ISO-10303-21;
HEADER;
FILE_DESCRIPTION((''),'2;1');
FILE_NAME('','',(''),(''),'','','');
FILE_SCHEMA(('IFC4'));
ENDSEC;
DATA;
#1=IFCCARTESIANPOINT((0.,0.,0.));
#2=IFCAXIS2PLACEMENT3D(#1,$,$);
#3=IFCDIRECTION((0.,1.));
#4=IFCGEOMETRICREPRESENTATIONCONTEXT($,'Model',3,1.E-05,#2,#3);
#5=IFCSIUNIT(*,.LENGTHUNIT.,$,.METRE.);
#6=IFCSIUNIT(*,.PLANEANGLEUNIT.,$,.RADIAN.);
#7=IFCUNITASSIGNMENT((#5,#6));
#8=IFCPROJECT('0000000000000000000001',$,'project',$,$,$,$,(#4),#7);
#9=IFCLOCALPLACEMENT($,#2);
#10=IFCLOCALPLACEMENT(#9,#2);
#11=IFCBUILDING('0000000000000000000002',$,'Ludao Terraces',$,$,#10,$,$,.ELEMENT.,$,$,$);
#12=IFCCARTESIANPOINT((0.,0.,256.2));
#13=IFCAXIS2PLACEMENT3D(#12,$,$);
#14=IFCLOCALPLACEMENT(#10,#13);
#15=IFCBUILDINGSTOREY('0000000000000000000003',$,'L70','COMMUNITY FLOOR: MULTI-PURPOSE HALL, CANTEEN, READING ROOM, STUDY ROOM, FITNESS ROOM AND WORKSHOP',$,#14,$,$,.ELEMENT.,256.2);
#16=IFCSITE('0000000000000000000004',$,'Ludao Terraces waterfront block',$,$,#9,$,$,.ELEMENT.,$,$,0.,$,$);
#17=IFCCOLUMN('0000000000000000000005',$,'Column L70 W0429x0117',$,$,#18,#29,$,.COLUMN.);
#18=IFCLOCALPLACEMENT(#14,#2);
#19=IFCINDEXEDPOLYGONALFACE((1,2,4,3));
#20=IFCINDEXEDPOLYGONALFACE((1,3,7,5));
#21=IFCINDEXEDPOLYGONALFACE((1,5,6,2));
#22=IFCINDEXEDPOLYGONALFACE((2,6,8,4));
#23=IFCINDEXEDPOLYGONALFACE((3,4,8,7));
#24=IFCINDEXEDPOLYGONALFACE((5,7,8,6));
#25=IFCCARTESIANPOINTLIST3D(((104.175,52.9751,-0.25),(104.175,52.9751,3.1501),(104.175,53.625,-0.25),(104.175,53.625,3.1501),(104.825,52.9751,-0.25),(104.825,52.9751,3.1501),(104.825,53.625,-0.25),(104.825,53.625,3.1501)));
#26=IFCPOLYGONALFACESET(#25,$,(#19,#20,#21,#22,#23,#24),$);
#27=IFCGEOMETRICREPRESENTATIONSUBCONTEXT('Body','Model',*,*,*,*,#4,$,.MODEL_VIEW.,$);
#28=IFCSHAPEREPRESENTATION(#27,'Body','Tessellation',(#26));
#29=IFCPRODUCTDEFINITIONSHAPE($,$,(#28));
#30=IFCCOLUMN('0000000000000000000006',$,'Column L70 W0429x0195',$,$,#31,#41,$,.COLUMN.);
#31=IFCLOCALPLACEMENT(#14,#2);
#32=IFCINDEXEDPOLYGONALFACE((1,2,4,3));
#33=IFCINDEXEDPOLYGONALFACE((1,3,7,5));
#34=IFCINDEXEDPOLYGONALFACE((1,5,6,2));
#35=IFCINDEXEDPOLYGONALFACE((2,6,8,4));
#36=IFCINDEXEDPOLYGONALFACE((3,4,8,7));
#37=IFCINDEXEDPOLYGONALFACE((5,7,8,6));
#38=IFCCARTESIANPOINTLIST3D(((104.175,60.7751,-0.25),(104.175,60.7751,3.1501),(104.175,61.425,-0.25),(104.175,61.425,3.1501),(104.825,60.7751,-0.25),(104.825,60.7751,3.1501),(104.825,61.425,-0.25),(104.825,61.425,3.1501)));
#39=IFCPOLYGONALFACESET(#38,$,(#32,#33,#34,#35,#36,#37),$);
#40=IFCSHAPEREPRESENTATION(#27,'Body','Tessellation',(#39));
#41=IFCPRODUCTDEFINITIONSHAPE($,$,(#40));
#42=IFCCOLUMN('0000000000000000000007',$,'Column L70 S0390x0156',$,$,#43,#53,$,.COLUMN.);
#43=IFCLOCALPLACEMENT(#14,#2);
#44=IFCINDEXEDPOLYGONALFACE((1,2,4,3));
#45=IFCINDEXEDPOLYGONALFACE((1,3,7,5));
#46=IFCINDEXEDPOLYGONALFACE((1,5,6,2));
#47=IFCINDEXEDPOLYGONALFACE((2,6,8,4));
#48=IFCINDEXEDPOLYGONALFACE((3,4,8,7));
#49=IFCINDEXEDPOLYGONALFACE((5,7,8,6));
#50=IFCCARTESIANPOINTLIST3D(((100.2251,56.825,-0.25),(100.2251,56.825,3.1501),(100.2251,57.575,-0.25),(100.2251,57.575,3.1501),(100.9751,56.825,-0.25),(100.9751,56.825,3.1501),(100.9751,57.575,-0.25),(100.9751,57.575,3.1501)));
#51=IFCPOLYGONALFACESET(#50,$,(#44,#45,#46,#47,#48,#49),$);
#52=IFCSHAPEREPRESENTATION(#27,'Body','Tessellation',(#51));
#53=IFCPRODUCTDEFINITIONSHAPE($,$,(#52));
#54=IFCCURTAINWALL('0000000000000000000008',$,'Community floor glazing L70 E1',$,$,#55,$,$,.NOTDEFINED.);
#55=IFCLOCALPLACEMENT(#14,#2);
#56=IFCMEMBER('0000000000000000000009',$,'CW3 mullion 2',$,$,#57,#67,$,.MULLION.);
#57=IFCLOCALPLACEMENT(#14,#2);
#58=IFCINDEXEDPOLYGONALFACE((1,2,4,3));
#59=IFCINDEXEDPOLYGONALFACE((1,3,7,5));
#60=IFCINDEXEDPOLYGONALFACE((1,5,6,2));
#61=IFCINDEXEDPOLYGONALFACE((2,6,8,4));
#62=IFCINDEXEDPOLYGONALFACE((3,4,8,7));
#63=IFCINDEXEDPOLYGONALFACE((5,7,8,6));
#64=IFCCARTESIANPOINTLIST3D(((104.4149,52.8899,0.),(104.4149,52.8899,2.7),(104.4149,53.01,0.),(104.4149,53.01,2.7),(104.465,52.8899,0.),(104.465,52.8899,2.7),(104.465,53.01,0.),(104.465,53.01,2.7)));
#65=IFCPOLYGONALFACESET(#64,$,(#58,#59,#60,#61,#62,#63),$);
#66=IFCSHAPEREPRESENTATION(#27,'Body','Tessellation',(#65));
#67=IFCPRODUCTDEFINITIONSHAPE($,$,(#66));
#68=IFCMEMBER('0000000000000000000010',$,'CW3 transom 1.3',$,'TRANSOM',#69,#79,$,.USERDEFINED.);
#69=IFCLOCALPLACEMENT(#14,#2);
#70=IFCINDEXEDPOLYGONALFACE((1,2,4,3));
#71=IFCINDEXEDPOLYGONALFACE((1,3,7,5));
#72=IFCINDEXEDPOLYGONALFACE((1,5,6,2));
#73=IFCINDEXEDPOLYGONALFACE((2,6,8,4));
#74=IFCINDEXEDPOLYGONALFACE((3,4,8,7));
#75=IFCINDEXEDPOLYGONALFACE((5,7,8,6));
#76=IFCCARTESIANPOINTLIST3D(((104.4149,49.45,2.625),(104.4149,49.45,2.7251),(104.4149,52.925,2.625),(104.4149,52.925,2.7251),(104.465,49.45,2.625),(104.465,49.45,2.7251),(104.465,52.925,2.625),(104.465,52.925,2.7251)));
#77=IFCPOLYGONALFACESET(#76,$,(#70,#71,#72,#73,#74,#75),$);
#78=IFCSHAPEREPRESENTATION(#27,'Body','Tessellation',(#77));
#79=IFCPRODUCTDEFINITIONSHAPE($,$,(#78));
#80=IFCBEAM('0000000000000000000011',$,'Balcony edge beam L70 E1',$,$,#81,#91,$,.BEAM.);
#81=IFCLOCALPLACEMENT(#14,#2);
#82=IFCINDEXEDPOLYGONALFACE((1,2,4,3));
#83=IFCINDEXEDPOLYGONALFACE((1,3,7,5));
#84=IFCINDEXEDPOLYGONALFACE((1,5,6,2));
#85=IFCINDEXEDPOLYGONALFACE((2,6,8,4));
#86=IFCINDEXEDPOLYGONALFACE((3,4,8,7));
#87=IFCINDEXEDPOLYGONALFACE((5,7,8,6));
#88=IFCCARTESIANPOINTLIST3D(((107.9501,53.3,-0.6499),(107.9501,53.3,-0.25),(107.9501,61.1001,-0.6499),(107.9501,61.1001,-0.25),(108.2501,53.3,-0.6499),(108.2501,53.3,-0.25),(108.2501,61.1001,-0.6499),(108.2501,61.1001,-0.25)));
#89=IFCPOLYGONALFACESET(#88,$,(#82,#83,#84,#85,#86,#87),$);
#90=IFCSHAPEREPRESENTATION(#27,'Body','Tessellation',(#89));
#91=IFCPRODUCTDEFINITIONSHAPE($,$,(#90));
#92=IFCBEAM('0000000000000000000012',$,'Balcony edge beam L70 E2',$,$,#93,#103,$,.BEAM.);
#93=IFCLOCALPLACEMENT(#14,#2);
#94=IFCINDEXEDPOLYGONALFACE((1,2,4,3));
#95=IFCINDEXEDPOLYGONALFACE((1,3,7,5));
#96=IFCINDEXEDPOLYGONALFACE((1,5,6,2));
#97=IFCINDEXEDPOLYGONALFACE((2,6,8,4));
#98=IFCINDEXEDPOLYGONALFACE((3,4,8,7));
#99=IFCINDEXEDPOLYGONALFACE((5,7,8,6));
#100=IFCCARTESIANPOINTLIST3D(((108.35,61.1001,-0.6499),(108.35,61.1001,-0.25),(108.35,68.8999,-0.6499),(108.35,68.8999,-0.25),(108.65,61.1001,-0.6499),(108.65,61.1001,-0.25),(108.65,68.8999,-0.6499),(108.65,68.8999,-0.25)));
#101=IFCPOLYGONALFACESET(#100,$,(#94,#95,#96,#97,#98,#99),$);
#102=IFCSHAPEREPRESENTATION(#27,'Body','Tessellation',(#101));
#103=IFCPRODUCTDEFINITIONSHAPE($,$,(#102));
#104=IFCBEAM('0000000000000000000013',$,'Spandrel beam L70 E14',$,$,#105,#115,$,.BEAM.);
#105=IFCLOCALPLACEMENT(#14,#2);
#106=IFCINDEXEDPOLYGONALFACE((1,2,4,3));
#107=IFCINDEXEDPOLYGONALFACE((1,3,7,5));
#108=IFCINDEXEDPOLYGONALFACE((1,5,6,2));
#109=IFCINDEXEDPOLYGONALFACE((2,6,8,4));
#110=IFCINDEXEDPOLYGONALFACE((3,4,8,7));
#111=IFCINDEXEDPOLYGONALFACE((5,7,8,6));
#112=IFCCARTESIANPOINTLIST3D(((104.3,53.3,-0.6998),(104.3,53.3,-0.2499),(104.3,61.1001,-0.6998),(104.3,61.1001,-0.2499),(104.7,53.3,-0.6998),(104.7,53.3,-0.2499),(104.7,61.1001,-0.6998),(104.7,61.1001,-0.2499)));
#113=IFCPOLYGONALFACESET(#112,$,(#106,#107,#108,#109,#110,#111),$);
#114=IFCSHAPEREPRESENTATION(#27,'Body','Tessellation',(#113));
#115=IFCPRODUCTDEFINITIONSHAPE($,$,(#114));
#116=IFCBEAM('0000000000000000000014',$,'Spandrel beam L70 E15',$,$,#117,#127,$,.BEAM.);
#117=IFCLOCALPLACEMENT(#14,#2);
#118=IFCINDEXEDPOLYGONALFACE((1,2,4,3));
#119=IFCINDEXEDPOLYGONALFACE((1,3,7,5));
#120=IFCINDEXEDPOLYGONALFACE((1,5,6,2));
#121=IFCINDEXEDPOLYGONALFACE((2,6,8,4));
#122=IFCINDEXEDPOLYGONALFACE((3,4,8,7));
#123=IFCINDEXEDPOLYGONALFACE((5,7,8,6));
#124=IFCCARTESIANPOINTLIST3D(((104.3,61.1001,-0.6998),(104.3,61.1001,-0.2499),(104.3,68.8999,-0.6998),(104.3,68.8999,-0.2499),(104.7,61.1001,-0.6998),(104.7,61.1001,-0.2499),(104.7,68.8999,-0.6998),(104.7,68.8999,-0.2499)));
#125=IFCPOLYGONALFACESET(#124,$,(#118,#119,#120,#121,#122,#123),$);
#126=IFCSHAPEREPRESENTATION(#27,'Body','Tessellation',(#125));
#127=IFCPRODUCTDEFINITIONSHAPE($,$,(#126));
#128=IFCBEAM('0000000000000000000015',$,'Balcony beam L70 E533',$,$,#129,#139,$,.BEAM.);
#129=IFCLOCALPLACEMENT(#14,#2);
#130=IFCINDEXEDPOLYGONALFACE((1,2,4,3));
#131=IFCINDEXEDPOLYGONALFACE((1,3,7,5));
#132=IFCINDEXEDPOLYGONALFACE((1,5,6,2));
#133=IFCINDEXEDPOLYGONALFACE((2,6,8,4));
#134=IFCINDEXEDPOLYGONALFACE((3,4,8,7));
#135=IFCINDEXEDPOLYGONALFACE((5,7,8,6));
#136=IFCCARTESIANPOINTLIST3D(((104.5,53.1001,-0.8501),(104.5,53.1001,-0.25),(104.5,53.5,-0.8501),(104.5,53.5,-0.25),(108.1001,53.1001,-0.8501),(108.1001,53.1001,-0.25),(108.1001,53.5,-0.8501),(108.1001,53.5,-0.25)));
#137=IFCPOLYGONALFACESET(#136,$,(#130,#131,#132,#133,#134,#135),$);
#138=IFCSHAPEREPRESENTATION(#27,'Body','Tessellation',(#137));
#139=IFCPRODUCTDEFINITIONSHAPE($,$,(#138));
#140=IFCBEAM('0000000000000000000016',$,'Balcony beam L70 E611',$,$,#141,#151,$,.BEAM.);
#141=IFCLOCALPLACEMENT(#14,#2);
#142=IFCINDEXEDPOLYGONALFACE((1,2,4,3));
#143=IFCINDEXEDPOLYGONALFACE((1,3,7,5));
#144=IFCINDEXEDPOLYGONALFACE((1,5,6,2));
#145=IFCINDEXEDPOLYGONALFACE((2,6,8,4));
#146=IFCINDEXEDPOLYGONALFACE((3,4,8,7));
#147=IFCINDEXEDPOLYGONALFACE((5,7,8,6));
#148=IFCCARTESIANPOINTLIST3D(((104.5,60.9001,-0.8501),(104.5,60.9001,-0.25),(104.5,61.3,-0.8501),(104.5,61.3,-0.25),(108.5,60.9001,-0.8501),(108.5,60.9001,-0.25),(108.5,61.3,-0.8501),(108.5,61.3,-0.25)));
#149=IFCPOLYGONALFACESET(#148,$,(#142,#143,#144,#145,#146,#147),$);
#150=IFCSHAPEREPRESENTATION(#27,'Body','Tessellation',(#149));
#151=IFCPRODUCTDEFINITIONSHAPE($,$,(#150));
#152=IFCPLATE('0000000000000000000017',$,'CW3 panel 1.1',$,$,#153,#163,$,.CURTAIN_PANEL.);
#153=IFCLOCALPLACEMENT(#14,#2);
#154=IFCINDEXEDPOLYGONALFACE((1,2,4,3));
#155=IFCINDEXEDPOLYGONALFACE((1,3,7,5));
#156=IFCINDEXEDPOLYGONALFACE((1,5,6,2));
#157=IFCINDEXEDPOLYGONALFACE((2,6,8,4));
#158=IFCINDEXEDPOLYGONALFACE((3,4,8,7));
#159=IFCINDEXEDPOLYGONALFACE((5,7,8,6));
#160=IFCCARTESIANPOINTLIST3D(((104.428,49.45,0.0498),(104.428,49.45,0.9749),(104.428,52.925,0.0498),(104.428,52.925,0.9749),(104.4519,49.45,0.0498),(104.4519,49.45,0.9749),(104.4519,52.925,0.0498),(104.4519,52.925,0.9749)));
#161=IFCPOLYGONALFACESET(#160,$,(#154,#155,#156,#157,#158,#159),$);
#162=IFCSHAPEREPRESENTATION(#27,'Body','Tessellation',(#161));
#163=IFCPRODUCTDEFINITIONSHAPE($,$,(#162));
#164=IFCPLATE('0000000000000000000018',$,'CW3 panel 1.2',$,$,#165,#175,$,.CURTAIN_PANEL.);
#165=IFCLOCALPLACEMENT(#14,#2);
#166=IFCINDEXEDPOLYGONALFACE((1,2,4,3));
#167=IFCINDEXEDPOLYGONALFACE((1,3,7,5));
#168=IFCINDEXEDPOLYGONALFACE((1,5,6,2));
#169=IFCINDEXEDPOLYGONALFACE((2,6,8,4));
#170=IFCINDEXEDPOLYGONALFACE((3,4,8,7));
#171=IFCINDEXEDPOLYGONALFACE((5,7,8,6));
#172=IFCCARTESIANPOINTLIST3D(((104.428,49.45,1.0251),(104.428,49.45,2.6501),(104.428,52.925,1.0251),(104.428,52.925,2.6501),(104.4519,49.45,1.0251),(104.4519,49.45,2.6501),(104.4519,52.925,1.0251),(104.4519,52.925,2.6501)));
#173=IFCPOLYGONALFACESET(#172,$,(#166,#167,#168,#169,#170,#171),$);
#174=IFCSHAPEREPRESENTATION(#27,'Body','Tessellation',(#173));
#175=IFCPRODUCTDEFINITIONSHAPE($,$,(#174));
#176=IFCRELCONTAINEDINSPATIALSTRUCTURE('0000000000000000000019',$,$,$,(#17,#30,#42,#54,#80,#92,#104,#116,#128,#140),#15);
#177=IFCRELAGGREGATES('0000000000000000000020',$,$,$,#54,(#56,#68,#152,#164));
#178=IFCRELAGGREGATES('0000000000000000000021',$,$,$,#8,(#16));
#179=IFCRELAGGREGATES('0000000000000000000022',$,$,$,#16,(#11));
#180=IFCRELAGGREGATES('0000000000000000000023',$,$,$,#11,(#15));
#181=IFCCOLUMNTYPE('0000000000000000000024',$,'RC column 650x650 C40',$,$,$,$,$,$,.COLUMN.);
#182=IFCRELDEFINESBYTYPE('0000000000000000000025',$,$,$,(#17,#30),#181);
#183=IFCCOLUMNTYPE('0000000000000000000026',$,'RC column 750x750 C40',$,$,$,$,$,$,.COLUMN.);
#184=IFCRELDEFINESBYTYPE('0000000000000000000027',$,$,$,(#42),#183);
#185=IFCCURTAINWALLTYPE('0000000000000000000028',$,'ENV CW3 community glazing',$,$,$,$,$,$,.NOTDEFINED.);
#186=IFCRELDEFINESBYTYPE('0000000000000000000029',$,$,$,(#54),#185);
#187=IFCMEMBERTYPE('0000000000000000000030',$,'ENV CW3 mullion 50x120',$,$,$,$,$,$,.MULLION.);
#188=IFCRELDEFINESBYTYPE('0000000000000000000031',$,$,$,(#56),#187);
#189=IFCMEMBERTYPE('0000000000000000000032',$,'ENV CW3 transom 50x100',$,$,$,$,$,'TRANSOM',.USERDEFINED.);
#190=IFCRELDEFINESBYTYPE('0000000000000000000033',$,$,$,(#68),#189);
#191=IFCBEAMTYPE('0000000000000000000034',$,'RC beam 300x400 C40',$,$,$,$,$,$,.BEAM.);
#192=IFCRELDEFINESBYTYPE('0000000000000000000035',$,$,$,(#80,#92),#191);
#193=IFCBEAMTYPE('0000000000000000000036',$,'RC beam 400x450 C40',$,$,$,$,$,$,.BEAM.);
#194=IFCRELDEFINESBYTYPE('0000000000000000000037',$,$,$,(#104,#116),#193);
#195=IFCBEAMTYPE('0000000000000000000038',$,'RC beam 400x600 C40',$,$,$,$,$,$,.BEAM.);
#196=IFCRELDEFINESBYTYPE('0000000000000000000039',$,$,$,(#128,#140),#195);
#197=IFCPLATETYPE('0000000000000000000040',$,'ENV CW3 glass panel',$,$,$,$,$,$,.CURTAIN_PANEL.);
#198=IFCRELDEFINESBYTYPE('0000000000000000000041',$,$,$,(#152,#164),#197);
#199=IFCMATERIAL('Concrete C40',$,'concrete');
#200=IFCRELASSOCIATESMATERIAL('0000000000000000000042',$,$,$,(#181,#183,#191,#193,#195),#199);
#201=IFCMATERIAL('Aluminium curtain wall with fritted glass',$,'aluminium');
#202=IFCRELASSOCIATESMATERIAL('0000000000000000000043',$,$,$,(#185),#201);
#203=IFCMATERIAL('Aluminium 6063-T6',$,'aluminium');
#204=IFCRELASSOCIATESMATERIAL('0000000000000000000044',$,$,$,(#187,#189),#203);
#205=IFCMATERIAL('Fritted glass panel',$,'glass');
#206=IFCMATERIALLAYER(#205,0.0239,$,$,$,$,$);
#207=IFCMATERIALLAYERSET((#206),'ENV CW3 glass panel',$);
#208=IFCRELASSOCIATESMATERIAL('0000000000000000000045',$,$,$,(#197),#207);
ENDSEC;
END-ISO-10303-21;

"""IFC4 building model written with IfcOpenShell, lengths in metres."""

from ifc_helpers import new_model, si_unit, direction, frame, origin, origin_2d, place, context, subcontext, project, spatial, rectangle, extrude, material, layer, layer_set, material_profile, profile_set, type_object, element, aggregate, save


model = new_model("IFC4")

# Units and contexts
model_context = context("Model", 3, precision=1e-05, world=origin(), true_north=direction((0.0, 1.0)))
body_context = subcontext(model_context, "Body", "Model", "MODEL_VIEW")
ifc_project = project(units=[si_unit("LENGTHUNIT", "METRE"), si_unit("PLANEANGLEUNIT", "RADIAN")], contexts=[model_context])

# Site, building, storey
site_placement = place(None, origin())
site = spatial("IfcSite", under=ifc_project, at=site_placement, Name="Ludao Terraces waterfront block", CompositionType="ELEMENT", RefElevation=0.0)
building_placement = place(site_placement, origin())
building = spatial("IfcBuilding", under=site, at=building_placement, Name="Ludao Terraces", CompositionType="ELEMENT")
storey_placement = place(building_placement, frame((0.0, 0.0, 256.2)))
storey = spatial("IfcBuildingStorey", under=building, at=storey_placement, Name="L70", Description="COMMUNITY FLOOR: MULTI-PURPOSE HALL, CANTEEN, READING ROOM, STUDY ROOM, FITNESS ROOM AND WORKSHOP", CompositionType="ELEMENT", Elevation=256.2)

# Columns
ifc_material_1 = material(Name="Concrete C40", Category="concrete")
ifc_material_profile_1 = material_profile(ifc_material_1, rectangle(XDim=0.6499, YDim=0.6499, at=origin_2d()), Name="650 X 650")
ifc_profile_set_1 = profile_set([ifc_material_profile_1], Name="Concrete C40")
column_type_1 = type_object("IfcColumnType", Name="RC column 650x650 C40", PredefinedType="COLUMN", material=ifc_profile_set_1)
for number, where, z_axis, x_axis, name in (
    (1, (104.5, 53.3, -0.25), (0.0, 0.0, 1.0), (1.0, 0.0, 0.0), "Column L70 W0429x0117"),
    (2, (104.5, 61.1001, -0.25), (0.0, 0.0, 1.0), (1.0, 0.0, 0.0), "Column L70 W0429x0195"),
):
    element("IfcColumn", number, at=place(storey_placement, frame(where, z_axis=z_axis, x_axis=x_axis)), inside=storey, type_object=column_type_1, Name=name, PredefinedType="COLUMN", context=body_context, shape_type="SweptSolid", body=[
        extrude(rectangle(XDim=0.6499, YDim=0.6499, at=origin_2d()), origin(), (0.0, 0.0, 1.0), 3.4001),
    ])
ifc_material_profile_2 = material_profile(ifc_material_1, rectangle(XDim=0.75, YDim=0.75, at=origin_2d()), Name="750 X 750")
ifc_profile_set_2 = profile_set([ifc_material_profile_2], Name="Concrete C40")
column_type_2 = type_object("IfcColumnType", Name="RC column 750x750 C40", PredefinedType="COLUMN", material=ifc_profile_set_2)
column_placement = place(storey_placement, frame((100.6001, 57.2, -0.25), z_axis=(0.0, 0.0, 1.0), x_axis=(1.0, 0.0, 0.0)))
element("IfcColumn", 3, at=column_placement, inside=storey, type_object=column_type_2, Name="Column L70 S0390x0156", PredefinedType="COLUMN", context=body_context, shape_type="SweptSolid", body=[
    extrude(rectangle(XDim=0.75, YDim=0.75, at=origin_2d()), origin(), (0.0, 0.0, 1.0), 3.4001),
])

# Curtain wall, members
ifc_material_2 = material(Name="Aluminium curtain wall with fritted glass", Category="aluminium")
curtain_wall_type = type_object("IfcCurtainWallType", Name="ENV CW3 community glazing", PredefinedType="NOTDEFINED", material=ifc_material_2)
curtain_wall_placement = place(storey_placement, origin())
curtain_wall = element("IfcCurtainWall", 4, at=curtain_wall_placement, inside=storey, type_object=curtain_wall_type, Name="Community floor glazing L70 E1", PredefinedType="NOTDEFINED")
ifc_material_3 = material(Name="Aluminium 6063-T6", Category="aluminium")
ifc_material_profile_3 = material_profile(ifc_material_3, rectangle(XDim=0.05, YDim=0.1201, at=origin_2d()), Name="50 X 120")
ifc_profile_set_3 = profile_set([ifc_material_profile_3], Name="Aluminium 6063-T6")
member_type_1 = type_object("IfcMemberType", Name="ENV CW3 mullion 50x120", PredefinedType="MULLION", material=ifc_profile_set_3)
member_1_placement = place(storey_placement, frame((104.4399, 52.95, 0.0), z_axis=(0.0, 0.0, 1.0), x_axis=(-1.0, 0.0, 0.0)))
member_1 = element("IfcMember", 5, at=member_1_placement, type_object=member_type_1, Name="CW3 mullion 2", PredefinedType="MULLION", context=body_context, shape_type="SweptSolid", body=[
    extrude(rectangle(XDim=0.05, YDim=0.1201, at=origin_2d()), origin(), (0.0, 0.0, 1.0), 2.7),
])
ifc_material_profile_4 = material_profile(ifc_material_3, rectangle(XDim=0.05, YDim=0.1001, at=origin_2d()), Name="50 X 100")
ifc_profile_set_4 = profile_set([ifc_material_profile_4], Name="Aluminium 6063-T6")
member_type_2 = type_object("IfcMemberType", Name="ENV CW3 transom 50x100", ElementType="TRANSOM", PredefinedType="USERDEFINED", material=ifc_profile_set_4)
member_2_placement = place(storey_placement, frame((104.4399, 49.45, 2.675), z_axis=(0.0, 1.0, 0.0), x_axis=(-1.0, 0.0, 0.0)))
member_2 = element("IfcMember", 6, at=member_2_placement, type_object=member_type_2, Name="CW3 transom 1.3", ObjectType="TRANSOM", PredefinedType="USERDEFINED", context=body_context, shape_type="SweptSolid", body=[
    extrude(rectangle(XDim=0.05, YDim=0.1001, at=origin_2d()), origin(), (0.0, 0.0, 1.0), 3.4751),
])

# Beams
ifc_material_profile_5 = material_profile(ifc_material_1, rectangle(XDim=0.3, YDim=0.3999, at=origin_2d()), Name="300 X 400")
ifc_profile_set_5 = profile_set([ifc_material_profile_5], Name="Concrete C40")
beam_type_1 = type_object("IfcBeamType", Name="RC beam 300x400 C40", PredefinedType="BEAM", material=ifc_profile_set_5)
beam_1_placement = place(storey_placement, frame((108.1001, 53.3, -0.45), z_axis=(0.0, 1.0, 0.0), x_axis=(-1.0, 0.0, 0.0)))
element("IfcBeam", 7, at=beam_1_placement, inside=storey, type_object=beam_type_1, Name="Balcony edge beam L70 E1", PredefinedType="BEAM", context=body_context, shape_type="SweptSolid", body=[
    extrude(rectangle(XDim=0.3, YDim=0.3999, at=origin_2d()), origin(), (0.0, 0.0, 1.0), 7.8),
])
beam_2_placement = place(storey_placement, frame((108.5, 61.1001, -0.45), z_axis=(0.0, 1.0, 0.0), x_axis=(-1.0, 0.0, 0.0)))
element("IfcBeam", 8, at=beam_2_placement, inside=storey, type_object=beam_type_1, Name="Balcony edge beam L70 E2", PredefinedType="BEAM", context=body_context, shape_type="SweptSolid", body=[
    extrude(rectangle(XDim=0.3, YDim=0.3999, at=origin_2d()), origin(), (0.0, 0.0, 1.0), 7.7998),
])
ifc_material_profile_6 = material_profile(ifc_material_1, rectangle(XDim=0.3999, YDim=0.45, at=origin_2d()), Name="400 X 450")
ifc_profile_set_6 = profile_set([ifc_material_profile_6], Name="Concrete C40")
beam_type_2 = type_object("IfcBeamType", Name="RC beam 400x450 C40", PredefinedType="BEAM", material=ifc_profile_set_6)
beam_3_placement = place(storey_placement, frame((104.5, 53.3, -0.4749), z_axis=(0.0, 1.0, 0.0), x_axis=(-1.0, 0.0, 0.0)))
element("IfcBeam", 9, at=beam_3_placement, inside=storey, type_object=beam_type_2, Name="Spandrel beam L70 E14", PredefinedType="BEAM", context=body_context, shape_type="SweptSolid", body=[
    extrude(rectangle(XDim=0.3999, YDim=0.45, at=origin_2d()), origin(), (0.0, 0.0, 1.0), 7.8),
])
beam_4_placement = place(storey_placement, frame((104.5, 61.1001, -0.4749), z_axis=(0.0, 1.0, 0.0), x_axis=(-1.0, 0.0, 0.0)))
element("IfcBeam", 10, at=beam_4_placement, inside=storey, type_object=beam_type_2, Name="Spandrel beam L70 E15", PredefinedType="BEAM", context=body_context, shape_type="SweptSolid", body=[
    extrude(rectangle(XDim=0.3999, YDim=0.45, at=origin_2d()), origin(), (0.0, 0.0, 1.0), 7.7998),
])
ifc_material_profile_7 = material_profile(ifc_material_1, rectangle(XDim=0.3999, YDim=0.6001, at=origin_2d()), Name="400 X 600")
ifc_profile_set_7 = profile_set([ifc_material_profile_7], Name="Concrete C40")
beam_type_3 = type_object("IfcBeamType", Name="RC beam 400x600 C40", PredefinedType="BEAM", material=ifc_profile_set_7)
beam_5_placement = place(storey_placement, frame((104.5, 53.3, -0.55), z_axis=(1.0, 0.0, 0.0), x_axis=(0.0, 1.0, 0.0)))
element("IfcBeam", 11, at=beam_5_placement, inside=storey, type_object=beam_type_3, Name="Balcony beam L70 E533", PredefinedType="BEAM", context=body_context, shape_type="SweptSolid", body=[
    extrude(rectangle(XDim=0.3999, YDim=0.6001, at=origin_2d()), origin(), (0.0, 0.0, 1.0), 3.6001),
])
beam_6_placement = place(storey_placement, frame((104.5, 61.1001, -0.55), z_axis=(1.0, 0.0, 0.0), x_axis=(0.0, 1.0, 0.0)))
element("IfcBeam", 12, at=beam_6_placement, inside=storey, type_object=beam_type_3, Name="Balcony beam L70 E611", PredefinedType="BEAM", context=body_context, shape_type="SweptSolid", body=[
    extrude(rectangle(XDim=0.3999, YDim=0.6001, at=origin_2d()), origin(), (0.0, 0.0, 1.0), 4.0),
])

# Plates
ifc_material_4 = material(Name="Fritted glass panel", Category="glass")
ifc_layer_1 = layer(ifc_material_4, 0.0239)
ifc_layer_set_1 = layer_set([ifc_layer_1], Name="ENV CW3 glass panel")
plate_type = type_object("IfcPlateType", Name="ENV CW3 glass panel", PredefinedType="CURTAIN_PANEL", material=ifc_layer_set_1)
plate_1_placement = place(storey_placement, frame((104.4399, 51.1875, 0.0498), z_axis=(0.0, 0.0, 1.0), x_axis=(0.0, 1.0, 0.0)))
plate_1 = element("IfcPlate", 13, at=plate_1_placement, type_object=plate_type, Name="CW3 panel 1.1", PredefinedType="CURTAIN_PANEL", context=body_context, shape_type="SweptSolid", body=[
    extrude(rectangle(XDim=3.4751, YDim=0.0239, at=origin_2d()), origin(), (0.0, 0.0, 1.0), 0.925),
])
plate_2_placement = place(storey_placement, frame((104.4399, 51.1875, 1.0251), z_axis=(0.0, 0.0, 1.0), x_axis=(0.0, 1.0, 0.0)))
plate_2 = element("IfcPlate", 14, at=plate_2_placement, type_object=plate_type, Name="CW3 panel 1.2", PredefinedType="CURTAIN_PANEL", context=body_context, shape_type="SweptSolid", body=[
    extrude(rectangle(XDim=3.4751, YDim=0.0239, at=origin_2d()), origin(), (0.0, 0.0, 1.0), 1.625),
])
aggregate(curtain_wall, [member_1, member_2, plate_1, plate_2])

save(model, "model.ifc")
